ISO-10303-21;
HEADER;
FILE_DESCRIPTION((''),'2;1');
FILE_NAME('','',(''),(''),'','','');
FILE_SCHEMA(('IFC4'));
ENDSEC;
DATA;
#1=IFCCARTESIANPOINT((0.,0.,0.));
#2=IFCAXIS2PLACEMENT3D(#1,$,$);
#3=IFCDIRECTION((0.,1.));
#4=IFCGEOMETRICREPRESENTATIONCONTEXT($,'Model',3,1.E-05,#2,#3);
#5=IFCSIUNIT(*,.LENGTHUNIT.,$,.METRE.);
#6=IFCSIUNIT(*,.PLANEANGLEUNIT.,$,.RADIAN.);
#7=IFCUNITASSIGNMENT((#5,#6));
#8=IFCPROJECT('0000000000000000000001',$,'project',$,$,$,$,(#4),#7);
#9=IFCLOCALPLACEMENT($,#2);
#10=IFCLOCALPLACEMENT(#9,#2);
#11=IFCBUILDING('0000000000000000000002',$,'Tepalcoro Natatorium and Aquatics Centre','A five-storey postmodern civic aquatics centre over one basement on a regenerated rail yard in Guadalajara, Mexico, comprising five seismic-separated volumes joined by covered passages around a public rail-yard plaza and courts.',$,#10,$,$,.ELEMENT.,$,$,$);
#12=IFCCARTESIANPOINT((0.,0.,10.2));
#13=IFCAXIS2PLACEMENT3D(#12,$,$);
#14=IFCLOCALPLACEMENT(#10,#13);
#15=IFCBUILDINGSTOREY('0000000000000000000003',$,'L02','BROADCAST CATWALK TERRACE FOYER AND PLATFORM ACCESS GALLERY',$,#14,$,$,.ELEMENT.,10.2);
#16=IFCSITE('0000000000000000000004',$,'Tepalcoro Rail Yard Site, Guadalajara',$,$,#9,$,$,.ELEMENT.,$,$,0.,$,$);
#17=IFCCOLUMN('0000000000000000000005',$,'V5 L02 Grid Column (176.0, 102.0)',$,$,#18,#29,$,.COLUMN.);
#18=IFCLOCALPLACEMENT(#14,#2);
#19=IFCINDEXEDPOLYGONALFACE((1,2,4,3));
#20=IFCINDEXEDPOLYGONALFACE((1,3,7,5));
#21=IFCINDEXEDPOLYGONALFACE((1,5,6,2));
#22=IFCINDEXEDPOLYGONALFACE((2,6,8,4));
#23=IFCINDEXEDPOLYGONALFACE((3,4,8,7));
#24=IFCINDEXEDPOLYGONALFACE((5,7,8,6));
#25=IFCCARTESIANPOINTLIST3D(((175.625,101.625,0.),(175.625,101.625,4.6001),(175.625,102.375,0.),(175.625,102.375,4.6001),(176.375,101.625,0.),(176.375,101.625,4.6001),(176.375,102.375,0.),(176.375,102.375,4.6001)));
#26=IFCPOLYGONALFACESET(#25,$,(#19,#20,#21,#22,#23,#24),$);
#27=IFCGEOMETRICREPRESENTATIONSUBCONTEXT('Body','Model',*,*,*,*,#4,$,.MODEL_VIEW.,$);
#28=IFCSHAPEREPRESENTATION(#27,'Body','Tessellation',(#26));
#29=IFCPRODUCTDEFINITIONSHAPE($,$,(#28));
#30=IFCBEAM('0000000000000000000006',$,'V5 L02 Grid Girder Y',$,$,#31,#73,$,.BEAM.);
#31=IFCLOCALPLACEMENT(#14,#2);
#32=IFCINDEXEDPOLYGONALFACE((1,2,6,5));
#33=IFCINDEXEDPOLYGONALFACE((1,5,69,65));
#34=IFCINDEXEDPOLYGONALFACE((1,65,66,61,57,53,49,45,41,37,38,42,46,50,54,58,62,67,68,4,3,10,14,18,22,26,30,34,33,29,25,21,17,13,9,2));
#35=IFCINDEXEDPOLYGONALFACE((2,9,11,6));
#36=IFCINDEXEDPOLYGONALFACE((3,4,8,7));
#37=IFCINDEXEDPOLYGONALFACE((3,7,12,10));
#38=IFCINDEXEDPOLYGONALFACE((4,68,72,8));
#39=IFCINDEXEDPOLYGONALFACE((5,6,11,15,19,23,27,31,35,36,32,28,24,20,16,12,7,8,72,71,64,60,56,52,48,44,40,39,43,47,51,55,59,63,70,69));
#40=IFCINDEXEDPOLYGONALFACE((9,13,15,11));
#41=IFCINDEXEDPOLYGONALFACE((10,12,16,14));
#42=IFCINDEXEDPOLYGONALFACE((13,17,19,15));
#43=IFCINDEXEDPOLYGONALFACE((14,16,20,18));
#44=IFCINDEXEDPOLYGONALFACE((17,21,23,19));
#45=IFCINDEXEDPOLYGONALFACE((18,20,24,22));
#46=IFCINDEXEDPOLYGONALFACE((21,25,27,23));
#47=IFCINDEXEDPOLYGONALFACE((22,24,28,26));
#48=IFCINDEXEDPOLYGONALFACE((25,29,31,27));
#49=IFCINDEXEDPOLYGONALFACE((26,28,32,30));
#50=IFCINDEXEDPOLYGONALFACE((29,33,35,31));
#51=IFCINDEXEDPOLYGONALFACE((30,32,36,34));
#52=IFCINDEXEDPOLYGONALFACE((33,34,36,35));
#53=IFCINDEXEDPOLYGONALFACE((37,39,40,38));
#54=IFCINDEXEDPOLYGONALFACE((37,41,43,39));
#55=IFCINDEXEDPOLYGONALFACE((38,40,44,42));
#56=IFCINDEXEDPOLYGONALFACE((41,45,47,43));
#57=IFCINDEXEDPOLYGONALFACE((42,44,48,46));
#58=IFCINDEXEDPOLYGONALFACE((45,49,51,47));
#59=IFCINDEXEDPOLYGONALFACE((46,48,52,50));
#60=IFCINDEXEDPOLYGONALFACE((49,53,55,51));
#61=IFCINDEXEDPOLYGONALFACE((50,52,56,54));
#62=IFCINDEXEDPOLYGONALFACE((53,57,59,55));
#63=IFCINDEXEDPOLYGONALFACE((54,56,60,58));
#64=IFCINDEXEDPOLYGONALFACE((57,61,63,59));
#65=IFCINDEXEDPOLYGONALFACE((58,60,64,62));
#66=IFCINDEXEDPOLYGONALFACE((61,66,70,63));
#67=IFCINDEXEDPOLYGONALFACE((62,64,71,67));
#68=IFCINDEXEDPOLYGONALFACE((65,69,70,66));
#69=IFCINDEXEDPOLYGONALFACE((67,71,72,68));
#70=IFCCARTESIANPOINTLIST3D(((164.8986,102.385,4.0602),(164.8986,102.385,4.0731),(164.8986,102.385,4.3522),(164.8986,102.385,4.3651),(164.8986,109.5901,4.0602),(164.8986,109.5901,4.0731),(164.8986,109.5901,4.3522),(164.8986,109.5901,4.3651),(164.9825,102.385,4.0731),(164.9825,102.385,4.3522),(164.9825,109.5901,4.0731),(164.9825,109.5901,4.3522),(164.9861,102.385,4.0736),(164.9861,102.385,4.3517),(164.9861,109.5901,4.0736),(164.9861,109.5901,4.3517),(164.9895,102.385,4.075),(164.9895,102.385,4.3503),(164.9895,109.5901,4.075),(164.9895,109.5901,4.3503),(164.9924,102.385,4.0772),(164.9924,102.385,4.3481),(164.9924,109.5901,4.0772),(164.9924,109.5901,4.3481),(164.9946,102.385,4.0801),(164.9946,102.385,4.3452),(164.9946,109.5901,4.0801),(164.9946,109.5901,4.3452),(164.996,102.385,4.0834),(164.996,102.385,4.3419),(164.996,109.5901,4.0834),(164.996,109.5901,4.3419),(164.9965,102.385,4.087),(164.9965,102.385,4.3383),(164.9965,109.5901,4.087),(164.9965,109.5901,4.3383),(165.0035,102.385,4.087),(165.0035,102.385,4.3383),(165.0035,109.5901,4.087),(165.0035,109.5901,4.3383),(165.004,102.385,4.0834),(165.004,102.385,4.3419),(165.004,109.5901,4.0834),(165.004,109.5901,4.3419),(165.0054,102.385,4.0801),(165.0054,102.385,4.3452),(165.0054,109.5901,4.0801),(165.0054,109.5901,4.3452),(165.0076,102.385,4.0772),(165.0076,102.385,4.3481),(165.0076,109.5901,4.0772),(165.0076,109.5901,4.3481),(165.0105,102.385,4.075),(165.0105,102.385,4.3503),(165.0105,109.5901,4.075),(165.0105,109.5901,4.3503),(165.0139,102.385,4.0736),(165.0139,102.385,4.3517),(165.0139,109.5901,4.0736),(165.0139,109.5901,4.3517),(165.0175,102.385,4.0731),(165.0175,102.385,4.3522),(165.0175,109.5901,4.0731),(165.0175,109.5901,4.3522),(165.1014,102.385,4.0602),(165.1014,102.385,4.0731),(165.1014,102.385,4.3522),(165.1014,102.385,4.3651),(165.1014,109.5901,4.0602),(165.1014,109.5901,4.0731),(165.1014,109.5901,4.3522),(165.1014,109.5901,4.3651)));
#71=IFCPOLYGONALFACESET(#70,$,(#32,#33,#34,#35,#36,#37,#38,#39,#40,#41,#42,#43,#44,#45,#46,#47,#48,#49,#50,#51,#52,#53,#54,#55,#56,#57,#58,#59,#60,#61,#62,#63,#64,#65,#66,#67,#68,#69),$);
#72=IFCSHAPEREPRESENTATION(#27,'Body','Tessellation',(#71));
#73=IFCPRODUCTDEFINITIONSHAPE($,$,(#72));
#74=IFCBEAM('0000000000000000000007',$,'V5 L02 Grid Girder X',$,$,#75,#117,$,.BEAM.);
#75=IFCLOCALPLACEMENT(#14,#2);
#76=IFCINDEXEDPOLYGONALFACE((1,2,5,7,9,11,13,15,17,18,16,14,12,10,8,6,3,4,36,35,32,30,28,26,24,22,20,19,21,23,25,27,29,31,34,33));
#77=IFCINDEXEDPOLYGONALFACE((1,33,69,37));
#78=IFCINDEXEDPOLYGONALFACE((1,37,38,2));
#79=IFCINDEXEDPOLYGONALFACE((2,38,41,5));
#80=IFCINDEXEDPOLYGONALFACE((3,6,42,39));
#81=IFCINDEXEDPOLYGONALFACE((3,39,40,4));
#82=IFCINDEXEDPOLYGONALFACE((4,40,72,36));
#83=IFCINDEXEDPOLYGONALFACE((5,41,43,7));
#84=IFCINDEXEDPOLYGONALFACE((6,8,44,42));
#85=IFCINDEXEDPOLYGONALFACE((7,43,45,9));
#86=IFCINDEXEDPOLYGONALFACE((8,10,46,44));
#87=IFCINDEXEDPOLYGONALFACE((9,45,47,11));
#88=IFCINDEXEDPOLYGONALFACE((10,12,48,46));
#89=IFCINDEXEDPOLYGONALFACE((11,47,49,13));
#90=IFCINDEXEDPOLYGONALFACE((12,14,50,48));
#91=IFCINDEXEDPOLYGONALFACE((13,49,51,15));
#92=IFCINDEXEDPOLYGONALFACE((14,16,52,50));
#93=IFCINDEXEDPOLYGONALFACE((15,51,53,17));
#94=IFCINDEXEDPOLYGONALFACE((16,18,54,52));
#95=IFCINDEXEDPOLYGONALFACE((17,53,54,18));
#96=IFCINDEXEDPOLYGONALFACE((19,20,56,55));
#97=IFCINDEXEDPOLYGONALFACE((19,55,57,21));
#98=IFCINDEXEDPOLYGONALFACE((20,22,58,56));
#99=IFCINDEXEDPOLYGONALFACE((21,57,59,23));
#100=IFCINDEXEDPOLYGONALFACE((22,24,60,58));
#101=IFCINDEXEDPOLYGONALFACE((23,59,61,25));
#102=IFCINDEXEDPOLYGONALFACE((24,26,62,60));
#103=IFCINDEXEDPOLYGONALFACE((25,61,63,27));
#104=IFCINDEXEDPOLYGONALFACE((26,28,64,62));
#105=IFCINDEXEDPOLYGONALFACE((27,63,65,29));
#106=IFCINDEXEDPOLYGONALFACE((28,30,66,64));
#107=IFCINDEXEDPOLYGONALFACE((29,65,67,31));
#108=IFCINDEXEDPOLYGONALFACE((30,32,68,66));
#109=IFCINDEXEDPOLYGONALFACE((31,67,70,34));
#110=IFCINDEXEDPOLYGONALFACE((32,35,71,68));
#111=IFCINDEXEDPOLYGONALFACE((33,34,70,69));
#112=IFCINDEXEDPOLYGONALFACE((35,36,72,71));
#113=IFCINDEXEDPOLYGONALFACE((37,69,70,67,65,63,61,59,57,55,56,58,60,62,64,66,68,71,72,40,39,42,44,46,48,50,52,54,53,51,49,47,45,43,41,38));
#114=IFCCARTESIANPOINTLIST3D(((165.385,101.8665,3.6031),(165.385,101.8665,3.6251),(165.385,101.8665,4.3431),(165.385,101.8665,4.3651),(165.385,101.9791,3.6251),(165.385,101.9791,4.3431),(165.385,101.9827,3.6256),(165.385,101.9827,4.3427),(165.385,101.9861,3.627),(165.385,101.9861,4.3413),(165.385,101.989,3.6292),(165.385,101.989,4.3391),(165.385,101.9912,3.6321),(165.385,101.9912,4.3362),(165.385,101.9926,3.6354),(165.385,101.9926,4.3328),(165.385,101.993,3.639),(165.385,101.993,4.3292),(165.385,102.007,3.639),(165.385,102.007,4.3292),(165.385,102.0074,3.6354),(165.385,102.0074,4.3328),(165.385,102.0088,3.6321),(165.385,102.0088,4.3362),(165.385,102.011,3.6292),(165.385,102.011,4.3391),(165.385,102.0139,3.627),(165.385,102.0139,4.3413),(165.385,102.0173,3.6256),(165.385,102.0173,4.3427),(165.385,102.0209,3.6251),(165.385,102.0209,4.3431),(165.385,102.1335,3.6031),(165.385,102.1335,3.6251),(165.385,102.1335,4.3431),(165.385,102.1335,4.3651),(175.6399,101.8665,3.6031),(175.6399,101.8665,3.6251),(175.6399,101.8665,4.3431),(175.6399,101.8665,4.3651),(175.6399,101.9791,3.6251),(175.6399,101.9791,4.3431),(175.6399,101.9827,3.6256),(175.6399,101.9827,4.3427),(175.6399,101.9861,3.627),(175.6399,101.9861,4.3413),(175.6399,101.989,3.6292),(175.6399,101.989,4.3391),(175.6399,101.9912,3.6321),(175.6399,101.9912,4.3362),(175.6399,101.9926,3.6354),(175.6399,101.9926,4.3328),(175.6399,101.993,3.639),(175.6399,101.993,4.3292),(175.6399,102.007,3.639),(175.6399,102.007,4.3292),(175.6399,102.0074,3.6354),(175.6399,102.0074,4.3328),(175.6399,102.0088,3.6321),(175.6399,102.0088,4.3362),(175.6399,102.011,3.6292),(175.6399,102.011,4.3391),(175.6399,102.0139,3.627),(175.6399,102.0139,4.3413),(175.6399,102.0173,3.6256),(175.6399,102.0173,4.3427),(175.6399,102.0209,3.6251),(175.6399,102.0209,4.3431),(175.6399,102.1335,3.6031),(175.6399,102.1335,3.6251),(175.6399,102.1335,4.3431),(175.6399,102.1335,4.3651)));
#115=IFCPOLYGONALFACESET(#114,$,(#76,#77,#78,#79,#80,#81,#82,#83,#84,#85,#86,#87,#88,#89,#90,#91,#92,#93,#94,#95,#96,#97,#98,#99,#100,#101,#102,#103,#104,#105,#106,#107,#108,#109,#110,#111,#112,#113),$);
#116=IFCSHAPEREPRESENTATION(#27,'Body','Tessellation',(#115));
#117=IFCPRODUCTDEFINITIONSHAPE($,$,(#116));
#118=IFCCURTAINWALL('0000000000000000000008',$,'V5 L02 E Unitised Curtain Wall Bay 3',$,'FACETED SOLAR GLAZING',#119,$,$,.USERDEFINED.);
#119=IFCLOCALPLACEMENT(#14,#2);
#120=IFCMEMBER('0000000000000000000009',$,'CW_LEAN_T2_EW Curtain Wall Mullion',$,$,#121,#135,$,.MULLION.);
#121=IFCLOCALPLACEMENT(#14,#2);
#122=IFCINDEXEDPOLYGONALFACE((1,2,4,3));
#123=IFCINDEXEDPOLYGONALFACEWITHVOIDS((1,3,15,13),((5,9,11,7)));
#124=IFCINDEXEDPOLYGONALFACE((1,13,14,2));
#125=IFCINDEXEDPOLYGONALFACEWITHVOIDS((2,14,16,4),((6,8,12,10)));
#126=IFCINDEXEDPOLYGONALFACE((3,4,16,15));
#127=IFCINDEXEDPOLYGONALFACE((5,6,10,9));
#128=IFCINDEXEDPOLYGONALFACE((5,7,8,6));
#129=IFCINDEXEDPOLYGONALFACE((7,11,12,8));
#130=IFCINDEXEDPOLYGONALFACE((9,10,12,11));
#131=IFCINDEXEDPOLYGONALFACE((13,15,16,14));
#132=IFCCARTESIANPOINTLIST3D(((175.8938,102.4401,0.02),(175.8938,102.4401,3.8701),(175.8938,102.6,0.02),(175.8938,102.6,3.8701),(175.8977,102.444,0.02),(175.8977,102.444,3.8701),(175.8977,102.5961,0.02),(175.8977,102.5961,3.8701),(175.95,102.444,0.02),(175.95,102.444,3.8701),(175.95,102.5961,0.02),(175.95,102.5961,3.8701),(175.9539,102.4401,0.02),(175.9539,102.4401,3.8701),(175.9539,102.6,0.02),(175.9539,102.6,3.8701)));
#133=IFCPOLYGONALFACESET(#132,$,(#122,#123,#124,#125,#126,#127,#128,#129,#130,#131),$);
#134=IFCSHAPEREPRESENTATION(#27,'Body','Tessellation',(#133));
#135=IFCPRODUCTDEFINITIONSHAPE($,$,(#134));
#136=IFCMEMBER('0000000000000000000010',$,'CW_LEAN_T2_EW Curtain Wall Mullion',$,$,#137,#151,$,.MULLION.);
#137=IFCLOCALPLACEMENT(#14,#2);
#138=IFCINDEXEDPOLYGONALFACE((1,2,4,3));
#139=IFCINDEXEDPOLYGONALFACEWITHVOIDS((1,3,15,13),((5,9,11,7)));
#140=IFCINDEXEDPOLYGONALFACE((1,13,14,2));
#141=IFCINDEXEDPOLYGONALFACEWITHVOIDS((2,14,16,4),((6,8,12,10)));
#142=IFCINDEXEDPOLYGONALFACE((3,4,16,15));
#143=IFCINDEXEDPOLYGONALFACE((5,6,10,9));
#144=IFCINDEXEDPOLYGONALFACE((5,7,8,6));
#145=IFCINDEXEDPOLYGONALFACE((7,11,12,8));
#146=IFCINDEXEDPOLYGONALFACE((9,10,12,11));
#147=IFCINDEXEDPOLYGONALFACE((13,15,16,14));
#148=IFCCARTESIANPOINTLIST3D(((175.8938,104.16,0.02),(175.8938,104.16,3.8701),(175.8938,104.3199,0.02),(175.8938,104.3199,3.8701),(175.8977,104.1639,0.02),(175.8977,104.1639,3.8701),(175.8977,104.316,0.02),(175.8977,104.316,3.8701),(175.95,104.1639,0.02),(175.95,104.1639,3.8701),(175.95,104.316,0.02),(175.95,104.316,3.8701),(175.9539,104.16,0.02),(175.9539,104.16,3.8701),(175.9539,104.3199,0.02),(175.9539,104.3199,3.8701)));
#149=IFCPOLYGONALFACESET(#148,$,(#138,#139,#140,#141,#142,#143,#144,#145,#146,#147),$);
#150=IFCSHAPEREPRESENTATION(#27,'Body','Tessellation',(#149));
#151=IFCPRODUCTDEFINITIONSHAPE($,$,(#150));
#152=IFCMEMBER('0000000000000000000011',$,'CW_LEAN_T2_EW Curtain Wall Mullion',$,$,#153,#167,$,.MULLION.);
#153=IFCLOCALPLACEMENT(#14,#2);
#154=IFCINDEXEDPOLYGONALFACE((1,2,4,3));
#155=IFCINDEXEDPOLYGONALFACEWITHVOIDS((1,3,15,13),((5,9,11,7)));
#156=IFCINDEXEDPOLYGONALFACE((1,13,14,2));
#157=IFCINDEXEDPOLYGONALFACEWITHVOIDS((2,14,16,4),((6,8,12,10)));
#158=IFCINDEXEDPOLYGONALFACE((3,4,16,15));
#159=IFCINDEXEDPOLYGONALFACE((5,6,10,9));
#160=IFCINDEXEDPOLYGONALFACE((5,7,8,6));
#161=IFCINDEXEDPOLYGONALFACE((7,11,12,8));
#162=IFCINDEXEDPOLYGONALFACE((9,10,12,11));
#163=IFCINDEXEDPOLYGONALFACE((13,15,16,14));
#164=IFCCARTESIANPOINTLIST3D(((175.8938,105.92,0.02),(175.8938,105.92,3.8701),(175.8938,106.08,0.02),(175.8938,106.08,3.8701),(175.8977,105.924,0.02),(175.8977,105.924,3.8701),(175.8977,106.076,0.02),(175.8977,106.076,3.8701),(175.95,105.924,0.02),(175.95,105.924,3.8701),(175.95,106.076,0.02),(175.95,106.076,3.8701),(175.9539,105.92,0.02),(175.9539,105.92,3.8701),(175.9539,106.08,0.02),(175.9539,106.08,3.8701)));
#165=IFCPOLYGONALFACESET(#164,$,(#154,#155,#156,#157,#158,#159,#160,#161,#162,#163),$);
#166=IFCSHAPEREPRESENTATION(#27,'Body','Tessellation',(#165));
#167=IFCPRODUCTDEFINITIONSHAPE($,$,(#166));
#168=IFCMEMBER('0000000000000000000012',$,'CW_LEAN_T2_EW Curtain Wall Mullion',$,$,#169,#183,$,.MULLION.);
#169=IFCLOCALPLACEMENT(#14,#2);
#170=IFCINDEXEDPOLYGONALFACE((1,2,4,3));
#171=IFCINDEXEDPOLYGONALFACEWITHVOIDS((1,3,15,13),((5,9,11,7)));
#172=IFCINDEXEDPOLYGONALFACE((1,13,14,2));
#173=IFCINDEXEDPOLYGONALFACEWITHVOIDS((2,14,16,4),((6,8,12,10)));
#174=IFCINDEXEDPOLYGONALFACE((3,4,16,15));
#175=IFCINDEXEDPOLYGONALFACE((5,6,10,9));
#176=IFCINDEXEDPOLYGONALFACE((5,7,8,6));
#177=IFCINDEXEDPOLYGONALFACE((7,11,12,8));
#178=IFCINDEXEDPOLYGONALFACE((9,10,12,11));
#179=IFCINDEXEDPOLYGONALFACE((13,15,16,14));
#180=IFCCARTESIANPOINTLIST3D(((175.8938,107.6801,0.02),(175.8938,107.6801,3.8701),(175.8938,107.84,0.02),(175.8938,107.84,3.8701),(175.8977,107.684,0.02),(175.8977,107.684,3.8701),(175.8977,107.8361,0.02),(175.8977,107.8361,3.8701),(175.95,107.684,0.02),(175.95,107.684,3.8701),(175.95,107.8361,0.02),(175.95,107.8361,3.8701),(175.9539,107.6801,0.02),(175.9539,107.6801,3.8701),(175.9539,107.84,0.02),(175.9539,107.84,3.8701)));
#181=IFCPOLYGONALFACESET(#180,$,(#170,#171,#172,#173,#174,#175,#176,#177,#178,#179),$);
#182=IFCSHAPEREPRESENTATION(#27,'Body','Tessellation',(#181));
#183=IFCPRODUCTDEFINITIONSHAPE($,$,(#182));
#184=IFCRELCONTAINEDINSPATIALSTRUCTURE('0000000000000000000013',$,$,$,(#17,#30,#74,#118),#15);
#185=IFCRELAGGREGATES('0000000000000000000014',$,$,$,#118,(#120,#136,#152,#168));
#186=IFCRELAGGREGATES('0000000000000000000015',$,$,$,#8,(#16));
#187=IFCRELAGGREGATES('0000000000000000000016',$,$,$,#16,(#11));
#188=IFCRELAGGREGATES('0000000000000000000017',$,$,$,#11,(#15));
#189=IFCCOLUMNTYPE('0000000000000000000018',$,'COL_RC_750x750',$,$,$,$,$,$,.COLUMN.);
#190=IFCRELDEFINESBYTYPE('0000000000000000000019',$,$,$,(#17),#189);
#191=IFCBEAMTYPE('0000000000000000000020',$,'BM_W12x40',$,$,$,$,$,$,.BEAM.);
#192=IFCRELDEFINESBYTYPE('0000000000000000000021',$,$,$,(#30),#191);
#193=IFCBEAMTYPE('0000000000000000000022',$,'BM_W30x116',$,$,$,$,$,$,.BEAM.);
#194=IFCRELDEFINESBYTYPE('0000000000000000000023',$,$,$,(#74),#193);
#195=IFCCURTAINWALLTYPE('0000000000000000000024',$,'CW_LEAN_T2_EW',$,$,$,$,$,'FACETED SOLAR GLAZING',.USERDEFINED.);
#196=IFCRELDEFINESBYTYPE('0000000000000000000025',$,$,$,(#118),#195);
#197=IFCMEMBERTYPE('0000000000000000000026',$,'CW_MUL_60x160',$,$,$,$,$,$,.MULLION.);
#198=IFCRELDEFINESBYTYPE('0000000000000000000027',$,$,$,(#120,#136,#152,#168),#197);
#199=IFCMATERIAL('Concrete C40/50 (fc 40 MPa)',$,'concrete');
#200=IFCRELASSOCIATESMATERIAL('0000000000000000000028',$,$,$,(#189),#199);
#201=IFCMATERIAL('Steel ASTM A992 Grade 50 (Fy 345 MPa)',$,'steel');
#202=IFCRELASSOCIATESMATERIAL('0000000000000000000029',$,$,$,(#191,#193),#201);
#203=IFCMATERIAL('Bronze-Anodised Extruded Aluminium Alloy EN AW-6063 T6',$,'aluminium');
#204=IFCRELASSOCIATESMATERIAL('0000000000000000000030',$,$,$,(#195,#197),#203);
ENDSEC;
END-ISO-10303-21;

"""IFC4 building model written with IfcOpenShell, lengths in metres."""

from ifc_helpers import new_model, si_unit, direction, frame, origin, origin_2d, place, context, subcontext, project, spatial, rectangle, hollow_rectangle, i_section, extrude, material, material_profile, profile_set, type_object, element, aggregate, save


model = new_model("IFC4")

# Units and contexts
model_context = context("Model", 3, precision=1e-05, world=origin(), true_north=direction((0.0, 1.0)))
body_context = subcontext(model_context, "Body", "Model", "MODEL_VIEW")
ifc_project = project(units=[si_unit("LENGTHUNIT", "METRE"), si_unit("PLANEANGLEUNIT", "RADIAN")], contexts=[model_context])

# Site, building, storey
site_placement = place(None, origin())
site = spatial("IfcSite", under=ifc_project, at=site_placement, Name="Tepalcoro Rail Yard Site, Guadalajara", CompositionType="ELEMENT", RefElevation=0.0)
building_placement = place(site_placement, origin())
building = spatial("IfcBuilding", under=site, at=building_placement, Name="Tepalcoro Natatorium and Aquatics Centre", Description="A five-storey postmodern civic aquatics centre over one basement on a regenerated rail yard in Guadalajara, Mexico, comprising five seismic-separated volumes joined by covered passages around a public rail-yard plaza and courts.", CompositionType="ELEMENT")
storey_placement = place(building_placement, frame((0.0, 0.0, 10.2)))
storey = spatial("IfcBuildingStorey", under=building, at=storey_placement, Name="L02", Description="BROADCAST CATWALK TERRACE FOYER AND PLATFORM ACCESS GALLERY", CompositionType="ELEMENT", Elevation=10.2)

# Column
ifc_material_1 = material(Name="Concrete C40/50 (fc 40 MPa)", Category="concrete")
ifc_material_profile_1 = material_profile(ifc_material_1, rectangle(XDim=0.75, YDim=0.75, at=origin_2d()), Name="RC750x750")
ifc_profile_set_1 = profile_set([ifc_material_profile_1], Name="Concrete C40/50 (fc 40 MPa)")
column_type = type_object("IfcColumnType", Name="COL_RC_750x750", PredefinedType="COLUMN", material=ifc_profile_set_1)
column_placement = place(storey_placement, frame((176.0, 102.0, 0.0), z_axis=(0.0, 0.0, 1.0), x_axis=(1.0, 0.0, 0.0)))
element("IfcColumn", 1, at=column_placement, inside=storey, type_object=column_type, Name="V5 L02 Grid Column (176.0, 102.0)", PredefinedType="COLUMN", context=body_context, shape_type="SweptSolid", body=[
    extrude(rectangle(XDim=0.75, YDim=0.75, at=origin_2d()), origin(), (0.0, 0.0, 1.0), 4.6001),
])

# Beams
ifc_material_2 = material(Name="Steel ASTM A992 Grade 50 (Fy 345 MPa)", Category="steel")
ifc_material_profile_2 = material_profile(ifc_material_2, i_section(OverallWidth=0.2029, OverallDepth=0.3049, WebThickness=0.0071, FlangeThickness=0.0129, FilletRadius=0.0139, at=origin_2d()), Name="W12X40")
ifc_profile_set_2 = profile_set([ifc_material_profile_2], Name="Steel ASTM A992 Grade 50 (Fy 345 MPa)")
beam_type_1 = type_object("IfcBeamType", Name="BM_W12x40", PredefinedType="BEAM", material=ifc_profile_set_2)
beam_1_placement = place(storey_placement, frame((165.0, 102.385, 4.2126), z_axis=(0.0, 1.0, 0.0), x_axis=(-1.0, 0.0, 0.0)))
element("IfcBeam", 2, at=beam_1_placement, inside=storey, type_object=beam_type_1, Name="V5 L02 Grid Girder Y", PredefinedType="BEAM", context=body_context, shape_type="SweptSolid", body=[
    extrude(i_section(OverallWidth=0.2029, OverallDepth=0.3049, WebThickness=0.0071, FlangeThickness=0.0129, FilletRadius=0.0139, at=origin_2d()), origin(), (0.0, 0.0, 1.0), 7.2051),
])
ifc_material_profile_3 = material_profile(ifc_material_2, i_section(OverallWidth=0.2671, OverallDepth=0.762, WebThickness=0.0139, FlangeThickness=0.022, FilletRadius=0.0139, at=origin_2d()), Name="W30X116")
ifc_profile_set_3 = profile_set([ifc_material_profile_3], Name="Steel ASTM A992 Grade 50 (Fy 345 MPa)")
beam_type_2 = type_object("IfcBeamType", Name="BM_W30x116", PredefinedType="BEAM", material=ifc_profile_set_3)
beam_2_placement = place(storey_placement, frame((165.385, 102.0, 3.9841), z_axis=(1.0, 0.0, 0.0), x_axis=(0.0, 1.0, 0.0)))
element("IfcBeam", 3, at=beam_2_placement, inside=storey, type_object=beam_type_2, Name="V5 L02 Grid Girder X", PredefinedType="BEAM", context=body_context, shape_type="SweptSolid", body=[
    extrude(i_section(OverallWidth=0.2671, OverallDepth=0.762, WebThickness=0.0139, FlangeThickness=0.022, FilletRadius=0.0139, at=origin_2d()), origin(), (0.0, 0.0, 1.0), 10.2549),
])

# Curtain wall, members
ifc_material_3 = material(Name="Bronze-Anodised Extruded Aluminium Alloy EN AW-6063 T6", Category="aluminium")
curtain_wall_type_1 = type_object("IfcCurtainWallType", Name="CW_LEAN_T2_EW", ElementType="FACETED SOLAR GLAZING", PredefinedType="USERDEFINED", material=ifc_material_3)
curtain_wall_1_placement = place(storey_placement, origin())
curtain_wall_1 = element("IfcCurtainWall", 4, at=curtain_wall_1_placement, inside=storey, type_object=curtain_wall_type_1, Name="V5 L02 E Unitised Curtain Wall Bay 3", ObjectType="FACETED SOLAR GLAZING", PredefinedType="USERDEFINED")
ifc_material_profile_4 = material_profile(ifc_material_3, hollow_rectangle(XDim=0.0601, YDim=0.1599, WallThickness=0.0039, at=origin_2d()), Name="AL60X160X4")
ifc_profile_set_4 = profile_set([ifc_material_profile_4], Name="Bronze-Anodised Extruded Aluminium Alloy EN AW-6063 T6")
member_type_1 = type_object("IfcMemberType", Name="CW_MUL_60x160", PredefinedType="MULLION", material=ifc_profile_set_4)
member_1_placement = place(storey_placement, frame((175.9238, 102.52, 0.02), z_axis=(0.0, 0.0, 1.0), x_axis=(1.0, 0.0, 0.0)))
member_1 = element("IfcMember", 5, at=member_1_placement, type_object=member_type_1, Name="CW_LEAN_T2_EW Curtain Wall Mullion", PredefinedType="MULLION", context=body_context, shape_type="SweptSolid", body=[
    extrude(hollow_rectangle(XDim=0.0601, YDim=0.1599, WallThickness=0.0039, at=origin_2d()), origin(), (0.0, 0.0, 1.0), 3.8501),
])
member_2_placement = place(storey_placement, frame((175.9238, 104.24, 0.02), z_axis=(0.0, 0.0, 1.0), x_axis=(1.0, 0.0, 0.0)))
member_2 = element("IfcMember", 6, at=member_2_placement, type_object=member_type_1, Name="CW_LEAN_T2_EW Curtain Wall Mullion", PredefinedType="MULLION", context=body_context, shape_type="SweptSolid", body=[
    extrude(hollow_rectangle(XDim=0.0601, YDim=0.1599, WallThickness=0.0039, at=origin_2d()), origin(), (0.0, 0.0, 1.0), 3.8501),
])
member_3_placement = place(storey_placement, frame((175.9238, 106.0, 0.02), z_axis=(0.0, 0.0, 1.0), x_axis=(1.0, 0.0, 0.0)))
member_3 = element("IfcMember", 7, at=member_3_placement, type_object=member_type_1, Name="CW_LEAN_T2_EW Curtain Wall Mullion", PredefinedType="MULLION", context=body_context, shape_type="SweptSolid", body=[
    extrude(hollow_rectangle(XDim=0.0601, YDim=0.1599, WallThickness=0.0039, at=origin_2d()), origin(), (0.0, 0.0, 1.0), 3.8501),
])
member_4_placement = place(storey_placement, frame((175.9238, 107.76, 0.02), z_axis=(0.0, 0.0, 1.0), x_axis=(1.0, 0.0, 0.0)))
member_4 = element("IfcMember", 8, at=member_4_placement, type_object=member_type_1, Name="CW_LEAN_T2_EW Curtain Wall Mullion", PredefinedType="MULLION", context=body_context, shape_type="SweptSolid", body=[
    extrude(hollow_rectangle(XDim=0.0601, YDim=0.1599, WallThickness=0.0039, at=origin_2d()), origin(), (0.0, 0.0, 1.0), 3.8501),
])

aggregate(curtain_wall_1, [member_1, member_2, member_3, member_4])

save(model, "model.ifc")
